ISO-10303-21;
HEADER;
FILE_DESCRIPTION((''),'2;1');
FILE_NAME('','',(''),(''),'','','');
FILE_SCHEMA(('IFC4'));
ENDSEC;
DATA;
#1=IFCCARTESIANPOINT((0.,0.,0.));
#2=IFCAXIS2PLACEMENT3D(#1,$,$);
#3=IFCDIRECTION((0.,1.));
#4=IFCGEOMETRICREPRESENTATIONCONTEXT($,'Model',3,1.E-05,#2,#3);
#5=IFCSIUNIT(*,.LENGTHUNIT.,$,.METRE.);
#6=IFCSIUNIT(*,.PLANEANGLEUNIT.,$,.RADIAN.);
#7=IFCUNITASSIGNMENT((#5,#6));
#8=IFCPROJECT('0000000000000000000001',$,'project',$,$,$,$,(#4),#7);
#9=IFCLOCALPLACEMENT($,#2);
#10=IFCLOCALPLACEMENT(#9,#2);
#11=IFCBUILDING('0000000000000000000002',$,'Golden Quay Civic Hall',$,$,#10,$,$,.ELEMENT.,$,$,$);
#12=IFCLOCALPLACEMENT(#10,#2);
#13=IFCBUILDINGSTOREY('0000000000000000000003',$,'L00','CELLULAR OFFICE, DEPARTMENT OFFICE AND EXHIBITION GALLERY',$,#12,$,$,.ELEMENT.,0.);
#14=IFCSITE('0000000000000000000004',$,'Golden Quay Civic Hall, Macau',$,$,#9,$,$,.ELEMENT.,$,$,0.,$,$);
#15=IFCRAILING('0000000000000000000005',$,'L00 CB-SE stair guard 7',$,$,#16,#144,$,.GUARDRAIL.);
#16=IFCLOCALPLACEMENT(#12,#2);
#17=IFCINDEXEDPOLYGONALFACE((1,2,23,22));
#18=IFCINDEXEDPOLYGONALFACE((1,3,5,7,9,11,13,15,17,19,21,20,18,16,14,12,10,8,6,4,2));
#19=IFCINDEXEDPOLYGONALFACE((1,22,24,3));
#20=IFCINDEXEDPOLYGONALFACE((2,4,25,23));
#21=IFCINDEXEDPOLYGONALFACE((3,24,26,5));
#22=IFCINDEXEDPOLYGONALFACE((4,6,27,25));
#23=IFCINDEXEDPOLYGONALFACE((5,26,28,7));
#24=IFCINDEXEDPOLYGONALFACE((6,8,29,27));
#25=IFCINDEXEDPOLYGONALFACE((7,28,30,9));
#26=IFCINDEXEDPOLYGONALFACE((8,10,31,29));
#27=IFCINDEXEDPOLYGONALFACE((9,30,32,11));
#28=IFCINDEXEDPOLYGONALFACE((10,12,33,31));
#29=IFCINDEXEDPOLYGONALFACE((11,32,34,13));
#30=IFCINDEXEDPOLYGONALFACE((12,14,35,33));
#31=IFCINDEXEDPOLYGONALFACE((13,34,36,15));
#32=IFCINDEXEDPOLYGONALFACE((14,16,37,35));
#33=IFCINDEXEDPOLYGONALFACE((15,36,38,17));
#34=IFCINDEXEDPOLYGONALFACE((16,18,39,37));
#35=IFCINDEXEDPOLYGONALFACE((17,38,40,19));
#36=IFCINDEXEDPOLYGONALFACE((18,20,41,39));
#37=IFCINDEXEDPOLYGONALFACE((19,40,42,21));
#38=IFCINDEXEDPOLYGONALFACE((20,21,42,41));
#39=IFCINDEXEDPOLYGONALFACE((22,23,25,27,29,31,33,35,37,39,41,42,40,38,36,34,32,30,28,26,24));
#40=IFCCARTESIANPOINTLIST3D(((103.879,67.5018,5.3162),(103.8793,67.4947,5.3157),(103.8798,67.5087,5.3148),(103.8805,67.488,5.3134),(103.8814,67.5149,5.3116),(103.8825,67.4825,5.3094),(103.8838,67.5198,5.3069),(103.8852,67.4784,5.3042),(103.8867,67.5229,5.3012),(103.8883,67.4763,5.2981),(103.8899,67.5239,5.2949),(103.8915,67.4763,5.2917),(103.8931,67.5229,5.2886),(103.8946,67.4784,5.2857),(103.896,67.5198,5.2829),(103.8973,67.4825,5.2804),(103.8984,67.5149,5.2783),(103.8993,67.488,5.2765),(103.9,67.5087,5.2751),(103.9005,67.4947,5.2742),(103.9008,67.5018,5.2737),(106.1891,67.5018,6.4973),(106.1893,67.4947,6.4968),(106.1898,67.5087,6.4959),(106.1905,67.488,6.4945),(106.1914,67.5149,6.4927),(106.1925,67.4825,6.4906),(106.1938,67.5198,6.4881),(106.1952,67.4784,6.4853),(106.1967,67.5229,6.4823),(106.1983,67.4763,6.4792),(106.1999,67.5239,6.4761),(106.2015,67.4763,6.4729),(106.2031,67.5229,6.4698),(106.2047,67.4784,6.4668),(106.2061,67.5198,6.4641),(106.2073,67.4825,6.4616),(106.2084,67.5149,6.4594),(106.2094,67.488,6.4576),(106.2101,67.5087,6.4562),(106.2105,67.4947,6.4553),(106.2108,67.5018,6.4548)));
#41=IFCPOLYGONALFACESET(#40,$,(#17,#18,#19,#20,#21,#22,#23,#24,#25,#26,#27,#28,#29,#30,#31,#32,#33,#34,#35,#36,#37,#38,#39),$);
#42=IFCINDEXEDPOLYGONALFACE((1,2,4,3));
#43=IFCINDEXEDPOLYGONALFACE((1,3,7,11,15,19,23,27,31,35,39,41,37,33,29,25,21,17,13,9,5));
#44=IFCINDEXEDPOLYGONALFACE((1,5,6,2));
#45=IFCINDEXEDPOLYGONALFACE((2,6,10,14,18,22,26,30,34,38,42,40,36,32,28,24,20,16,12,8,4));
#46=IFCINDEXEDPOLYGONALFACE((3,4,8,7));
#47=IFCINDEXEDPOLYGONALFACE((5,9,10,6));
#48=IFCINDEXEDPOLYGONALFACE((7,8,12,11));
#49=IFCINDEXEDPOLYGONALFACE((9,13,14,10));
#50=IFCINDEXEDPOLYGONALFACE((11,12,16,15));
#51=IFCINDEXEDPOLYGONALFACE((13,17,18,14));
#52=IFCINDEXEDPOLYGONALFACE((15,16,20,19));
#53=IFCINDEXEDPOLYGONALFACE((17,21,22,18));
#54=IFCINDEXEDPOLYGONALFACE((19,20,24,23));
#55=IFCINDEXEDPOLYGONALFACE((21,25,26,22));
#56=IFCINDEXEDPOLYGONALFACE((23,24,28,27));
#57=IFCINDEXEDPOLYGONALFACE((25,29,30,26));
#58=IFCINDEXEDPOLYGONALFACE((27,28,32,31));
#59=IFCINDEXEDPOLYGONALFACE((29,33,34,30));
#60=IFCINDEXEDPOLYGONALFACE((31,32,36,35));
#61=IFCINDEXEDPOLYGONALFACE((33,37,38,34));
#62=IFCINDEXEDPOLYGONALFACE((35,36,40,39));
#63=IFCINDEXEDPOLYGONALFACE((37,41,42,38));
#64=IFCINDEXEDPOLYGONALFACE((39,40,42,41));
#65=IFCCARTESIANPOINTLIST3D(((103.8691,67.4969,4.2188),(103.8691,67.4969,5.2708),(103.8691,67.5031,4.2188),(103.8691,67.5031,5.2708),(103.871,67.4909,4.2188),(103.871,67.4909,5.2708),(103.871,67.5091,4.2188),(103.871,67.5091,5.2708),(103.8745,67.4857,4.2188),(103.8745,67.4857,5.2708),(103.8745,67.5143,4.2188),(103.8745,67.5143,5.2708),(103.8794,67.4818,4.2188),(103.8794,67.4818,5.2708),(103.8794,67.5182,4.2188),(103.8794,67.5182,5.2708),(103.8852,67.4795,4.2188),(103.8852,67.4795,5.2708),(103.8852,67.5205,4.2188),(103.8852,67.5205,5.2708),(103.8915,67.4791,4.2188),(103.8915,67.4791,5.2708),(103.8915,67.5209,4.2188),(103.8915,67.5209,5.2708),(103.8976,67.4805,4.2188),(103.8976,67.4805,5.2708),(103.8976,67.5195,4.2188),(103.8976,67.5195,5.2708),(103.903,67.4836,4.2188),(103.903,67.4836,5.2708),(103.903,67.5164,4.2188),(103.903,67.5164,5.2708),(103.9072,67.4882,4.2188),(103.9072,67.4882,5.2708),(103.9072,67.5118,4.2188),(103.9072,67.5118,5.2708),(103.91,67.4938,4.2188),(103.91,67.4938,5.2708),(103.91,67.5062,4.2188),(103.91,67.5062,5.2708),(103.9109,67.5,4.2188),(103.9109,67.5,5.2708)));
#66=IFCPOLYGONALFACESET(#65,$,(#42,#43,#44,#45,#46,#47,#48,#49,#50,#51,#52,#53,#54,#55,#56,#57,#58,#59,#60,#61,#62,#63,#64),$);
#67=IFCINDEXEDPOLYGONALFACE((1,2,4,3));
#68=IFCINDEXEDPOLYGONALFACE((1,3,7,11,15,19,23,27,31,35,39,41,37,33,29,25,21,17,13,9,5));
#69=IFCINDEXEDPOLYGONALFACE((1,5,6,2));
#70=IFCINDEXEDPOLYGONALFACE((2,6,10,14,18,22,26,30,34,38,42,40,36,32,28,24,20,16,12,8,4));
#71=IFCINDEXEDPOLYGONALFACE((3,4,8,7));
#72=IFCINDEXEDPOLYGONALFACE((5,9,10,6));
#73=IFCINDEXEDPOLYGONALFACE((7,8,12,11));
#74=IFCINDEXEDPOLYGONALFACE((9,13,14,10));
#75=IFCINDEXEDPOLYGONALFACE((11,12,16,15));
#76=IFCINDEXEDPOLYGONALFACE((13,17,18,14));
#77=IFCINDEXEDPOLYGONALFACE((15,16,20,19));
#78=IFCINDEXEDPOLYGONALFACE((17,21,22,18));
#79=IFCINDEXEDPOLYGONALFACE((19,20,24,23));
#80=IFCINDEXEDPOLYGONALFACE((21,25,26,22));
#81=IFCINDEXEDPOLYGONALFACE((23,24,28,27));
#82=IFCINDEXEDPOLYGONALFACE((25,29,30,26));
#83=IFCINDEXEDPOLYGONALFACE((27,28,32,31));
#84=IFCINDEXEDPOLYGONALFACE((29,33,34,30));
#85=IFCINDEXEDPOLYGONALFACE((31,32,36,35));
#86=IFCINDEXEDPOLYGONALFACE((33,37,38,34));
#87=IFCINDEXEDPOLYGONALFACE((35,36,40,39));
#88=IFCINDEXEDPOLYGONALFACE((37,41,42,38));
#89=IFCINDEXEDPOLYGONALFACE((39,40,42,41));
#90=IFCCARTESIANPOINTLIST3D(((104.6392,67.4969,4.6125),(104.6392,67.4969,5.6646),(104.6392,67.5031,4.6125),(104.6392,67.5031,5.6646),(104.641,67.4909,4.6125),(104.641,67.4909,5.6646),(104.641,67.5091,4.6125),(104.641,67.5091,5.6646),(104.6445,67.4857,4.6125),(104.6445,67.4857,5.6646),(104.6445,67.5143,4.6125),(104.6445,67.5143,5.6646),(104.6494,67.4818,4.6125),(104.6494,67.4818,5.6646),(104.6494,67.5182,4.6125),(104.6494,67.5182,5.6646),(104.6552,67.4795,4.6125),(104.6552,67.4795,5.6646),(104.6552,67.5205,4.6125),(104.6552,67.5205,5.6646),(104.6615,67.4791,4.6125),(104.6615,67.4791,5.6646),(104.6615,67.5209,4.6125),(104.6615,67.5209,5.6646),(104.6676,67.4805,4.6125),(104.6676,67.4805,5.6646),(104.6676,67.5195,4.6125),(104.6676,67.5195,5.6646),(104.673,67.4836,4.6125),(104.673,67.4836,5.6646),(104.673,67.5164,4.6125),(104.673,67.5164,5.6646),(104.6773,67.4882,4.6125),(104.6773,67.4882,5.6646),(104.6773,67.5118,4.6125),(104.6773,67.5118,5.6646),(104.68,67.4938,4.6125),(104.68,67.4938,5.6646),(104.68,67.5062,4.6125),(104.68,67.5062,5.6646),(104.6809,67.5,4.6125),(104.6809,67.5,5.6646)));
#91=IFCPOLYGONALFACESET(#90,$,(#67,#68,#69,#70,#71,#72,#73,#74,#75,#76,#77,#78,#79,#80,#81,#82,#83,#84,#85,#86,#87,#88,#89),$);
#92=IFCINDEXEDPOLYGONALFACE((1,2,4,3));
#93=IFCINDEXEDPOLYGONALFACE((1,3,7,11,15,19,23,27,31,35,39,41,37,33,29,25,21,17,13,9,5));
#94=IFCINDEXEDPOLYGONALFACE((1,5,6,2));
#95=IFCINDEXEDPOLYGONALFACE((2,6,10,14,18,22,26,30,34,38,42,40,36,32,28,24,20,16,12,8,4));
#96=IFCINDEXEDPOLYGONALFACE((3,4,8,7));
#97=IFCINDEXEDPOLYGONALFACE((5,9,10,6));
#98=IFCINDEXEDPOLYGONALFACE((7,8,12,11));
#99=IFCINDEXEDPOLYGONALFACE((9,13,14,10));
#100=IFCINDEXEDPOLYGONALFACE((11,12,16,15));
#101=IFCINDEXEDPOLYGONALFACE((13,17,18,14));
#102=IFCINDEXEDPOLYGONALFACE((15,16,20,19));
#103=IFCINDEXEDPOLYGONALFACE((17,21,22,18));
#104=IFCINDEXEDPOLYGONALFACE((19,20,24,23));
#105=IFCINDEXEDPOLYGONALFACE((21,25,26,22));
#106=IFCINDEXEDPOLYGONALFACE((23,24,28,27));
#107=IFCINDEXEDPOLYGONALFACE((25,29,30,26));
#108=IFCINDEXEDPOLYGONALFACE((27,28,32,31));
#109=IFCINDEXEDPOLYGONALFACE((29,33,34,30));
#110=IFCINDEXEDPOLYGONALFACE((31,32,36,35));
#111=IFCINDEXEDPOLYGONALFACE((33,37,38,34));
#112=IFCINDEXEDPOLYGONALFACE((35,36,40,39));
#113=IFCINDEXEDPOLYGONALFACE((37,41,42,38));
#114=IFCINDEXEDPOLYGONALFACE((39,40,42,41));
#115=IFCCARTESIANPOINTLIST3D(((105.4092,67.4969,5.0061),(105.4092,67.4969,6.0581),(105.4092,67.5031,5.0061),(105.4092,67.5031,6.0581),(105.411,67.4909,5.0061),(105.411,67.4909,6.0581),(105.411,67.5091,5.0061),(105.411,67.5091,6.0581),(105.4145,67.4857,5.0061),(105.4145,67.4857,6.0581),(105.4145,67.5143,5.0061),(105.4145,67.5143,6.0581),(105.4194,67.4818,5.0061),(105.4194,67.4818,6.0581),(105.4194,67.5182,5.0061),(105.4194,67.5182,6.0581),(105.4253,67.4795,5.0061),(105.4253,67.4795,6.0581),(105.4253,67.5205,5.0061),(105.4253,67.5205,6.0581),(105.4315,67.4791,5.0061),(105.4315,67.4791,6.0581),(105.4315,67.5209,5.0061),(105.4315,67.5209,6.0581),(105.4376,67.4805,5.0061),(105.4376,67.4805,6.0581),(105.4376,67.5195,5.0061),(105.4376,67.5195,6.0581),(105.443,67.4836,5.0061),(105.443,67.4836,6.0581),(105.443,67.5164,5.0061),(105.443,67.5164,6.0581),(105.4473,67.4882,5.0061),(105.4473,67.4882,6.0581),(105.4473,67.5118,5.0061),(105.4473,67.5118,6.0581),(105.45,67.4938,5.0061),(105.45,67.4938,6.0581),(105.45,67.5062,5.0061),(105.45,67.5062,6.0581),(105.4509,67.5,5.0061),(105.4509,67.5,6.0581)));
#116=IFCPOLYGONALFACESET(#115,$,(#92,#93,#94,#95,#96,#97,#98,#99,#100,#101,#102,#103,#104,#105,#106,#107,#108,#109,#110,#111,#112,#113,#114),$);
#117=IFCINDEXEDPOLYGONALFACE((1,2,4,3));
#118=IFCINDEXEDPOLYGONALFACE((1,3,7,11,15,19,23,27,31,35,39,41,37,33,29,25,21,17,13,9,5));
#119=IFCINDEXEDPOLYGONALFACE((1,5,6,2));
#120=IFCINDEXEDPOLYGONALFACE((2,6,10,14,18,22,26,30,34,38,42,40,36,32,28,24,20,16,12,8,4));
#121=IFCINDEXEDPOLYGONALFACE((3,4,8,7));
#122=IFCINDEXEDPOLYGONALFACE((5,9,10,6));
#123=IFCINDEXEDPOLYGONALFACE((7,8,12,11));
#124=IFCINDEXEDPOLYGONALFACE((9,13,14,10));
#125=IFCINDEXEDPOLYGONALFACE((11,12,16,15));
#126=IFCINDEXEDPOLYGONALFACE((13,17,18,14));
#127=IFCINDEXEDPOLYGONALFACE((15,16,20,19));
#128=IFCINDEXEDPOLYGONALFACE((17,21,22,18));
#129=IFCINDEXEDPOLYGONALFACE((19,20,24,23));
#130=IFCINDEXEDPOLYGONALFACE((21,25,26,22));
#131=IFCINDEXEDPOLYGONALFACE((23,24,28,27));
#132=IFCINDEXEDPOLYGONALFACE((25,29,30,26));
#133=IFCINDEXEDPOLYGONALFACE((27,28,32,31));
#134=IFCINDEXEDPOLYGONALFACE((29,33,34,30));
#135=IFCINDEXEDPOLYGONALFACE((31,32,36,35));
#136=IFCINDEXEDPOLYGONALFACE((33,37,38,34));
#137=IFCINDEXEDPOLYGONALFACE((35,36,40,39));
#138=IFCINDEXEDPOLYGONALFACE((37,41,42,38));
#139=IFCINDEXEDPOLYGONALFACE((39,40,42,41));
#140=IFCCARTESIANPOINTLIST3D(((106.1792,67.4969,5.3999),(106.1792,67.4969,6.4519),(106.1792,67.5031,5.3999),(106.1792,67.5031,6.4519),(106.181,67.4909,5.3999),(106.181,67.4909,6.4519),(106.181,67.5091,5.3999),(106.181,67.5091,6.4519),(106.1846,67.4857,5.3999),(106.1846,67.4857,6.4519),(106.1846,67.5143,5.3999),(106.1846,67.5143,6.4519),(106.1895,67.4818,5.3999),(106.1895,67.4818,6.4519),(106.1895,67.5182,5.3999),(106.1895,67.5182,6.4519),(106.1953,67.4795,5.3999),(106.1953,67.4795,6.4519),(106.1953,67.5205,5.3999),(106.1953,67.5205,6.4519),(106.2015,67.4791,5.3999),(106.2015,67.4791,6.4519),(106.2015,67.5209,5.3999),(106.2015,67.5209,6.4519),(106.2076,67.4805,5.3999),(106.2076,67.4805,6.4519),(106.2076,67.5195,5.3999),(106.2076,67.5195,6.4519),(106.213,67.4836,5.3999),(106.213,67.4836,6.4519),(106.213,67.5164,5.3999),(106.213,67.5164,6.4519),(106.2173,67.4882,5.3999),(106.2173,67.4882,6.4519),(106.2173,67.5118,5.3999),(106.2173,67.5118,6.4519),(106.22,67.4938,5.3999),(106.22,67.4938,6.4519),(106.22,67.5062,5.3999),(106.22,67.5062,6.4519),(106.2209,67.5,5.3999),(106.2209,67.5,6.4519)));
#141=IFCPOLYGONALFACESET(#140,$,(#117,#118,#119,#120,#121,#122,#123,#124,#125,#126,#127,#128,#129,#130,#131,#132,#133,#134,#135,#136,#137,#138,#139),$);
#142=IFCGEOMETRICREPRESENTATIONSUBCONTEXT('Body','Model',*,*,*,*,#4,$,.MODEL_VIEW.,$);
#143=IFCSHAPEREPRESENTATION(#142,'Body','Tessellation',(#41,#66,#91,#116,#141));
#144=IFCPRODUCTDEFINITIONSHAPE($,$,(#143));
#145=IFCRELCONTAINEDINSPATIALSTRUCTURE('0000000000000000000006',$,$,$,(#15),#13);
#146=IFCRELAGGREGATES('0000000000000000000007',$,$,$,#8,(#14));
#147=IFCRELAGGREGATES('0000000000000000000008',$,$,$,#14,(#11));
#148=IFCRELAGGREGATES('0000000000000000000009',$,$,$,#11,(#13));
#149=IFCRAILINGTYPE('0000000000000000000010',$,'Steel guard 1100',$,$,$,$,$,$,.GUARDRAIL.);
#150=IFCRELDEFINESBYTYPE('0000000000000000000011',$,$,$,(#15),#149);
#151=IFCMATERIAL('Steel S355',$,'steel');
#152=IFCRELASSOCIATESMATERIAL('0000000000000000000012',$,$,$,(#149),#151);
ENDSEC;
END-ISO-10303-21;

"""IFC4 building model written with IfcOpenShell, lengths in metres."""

from ifc_helpers import new_model, si_unit, direction, frame, origin, origin_2d, place, context, subcontext, project, spatial, circle, extrude, material, type_object, element, save


model = new_model("IFC4")

# Units and contexts
model_context = context("Model", 3, precision=1e-05, world=origin(), true_north=direction((0.0, 1.0)))
body_context = subcontext(model_context, "Body", "Model", "MODEL_VIEW")
ifc_project = project(units=[si_unit("LENGTHUNIT", "METRE"), si_unit("PLANEANGLEUNIT", "RADIAN")], contexts=[model_context])

# Site, building, storey
site_placement = place(None, origin())
site = spatial("IfcSite", under=ifc_project, at=site_placement, Name="Golden Quay Civic Hall, Macau", CompositionType="ELEMENT", RefElevation=0.0)
building_placement = place(site_placement, origin())
building = spatial("IfcBuilding", under=site, at=building_placement, Name="Golden Quay Civic Hall", CompositionType="ELEMENT")
storey_placement = place(building_placement, origin())
storey = spatial("IfcBuildingStorey", under=building, at=storey_placement, Name="L00", Description="CELLULAR OFFICE, DEPARTMENT OFFICE AND EXHIBITION GALLERY", CompositionType="ELEMENT", Elevation=0.0)

# Railing
ifc_material_1 = material(Name="Steel S355", Category="steel")
railing_type_1 = type_object("IfcRailingType", Name="Steel guard 1100", PredefinedType="GUARDRAIL", material=ifc_material_1)
railing_1_placement = place(storey_placement, frame((103.8899, 67.5, 4.2188)))
element("IfcRailing", 1, at=railing_1_placement, inside=storey, type_object=railing_type_1, Name="L00 CB-SE stair guard 7", PredefinedType="GUARDRAIL", context=body_context, shape_type="SweptSolid", body=[
    extrude(circle(Radius=0.0239, at=origin_2d()), frame((0.0, 0.0, 1.0762), z_axis=(0.890363, 0.0, 0.45525), x_axis=(0.0, 1.0, 0.0)), (0.0, 0.0, 1.0), 2.5945),
    extrude(circle(Radius=0.021, at=origin_2d()), origin(), (0.0, 0.0, 1.0), 1.052),
    extrude(circle(Radius=0.021, at=origin_2d()), frame((0.77, 0.0, 0.3938)), (0.0, 0.0, 1.0), 1.052),
    extrude(circle(Radius=0.021, at=origin_2d()), frame((1.54, 0.0, 0.7874)), (0.0, 0.0, 1.0), 1.052),
    extrude(circle(Radius=0.021, at=origin_2d()), frame((2.3101, 0.0, 1.1812)), (0.0, 0.0, 1.0), 1.052),
])

save(model, "model.ifc")
